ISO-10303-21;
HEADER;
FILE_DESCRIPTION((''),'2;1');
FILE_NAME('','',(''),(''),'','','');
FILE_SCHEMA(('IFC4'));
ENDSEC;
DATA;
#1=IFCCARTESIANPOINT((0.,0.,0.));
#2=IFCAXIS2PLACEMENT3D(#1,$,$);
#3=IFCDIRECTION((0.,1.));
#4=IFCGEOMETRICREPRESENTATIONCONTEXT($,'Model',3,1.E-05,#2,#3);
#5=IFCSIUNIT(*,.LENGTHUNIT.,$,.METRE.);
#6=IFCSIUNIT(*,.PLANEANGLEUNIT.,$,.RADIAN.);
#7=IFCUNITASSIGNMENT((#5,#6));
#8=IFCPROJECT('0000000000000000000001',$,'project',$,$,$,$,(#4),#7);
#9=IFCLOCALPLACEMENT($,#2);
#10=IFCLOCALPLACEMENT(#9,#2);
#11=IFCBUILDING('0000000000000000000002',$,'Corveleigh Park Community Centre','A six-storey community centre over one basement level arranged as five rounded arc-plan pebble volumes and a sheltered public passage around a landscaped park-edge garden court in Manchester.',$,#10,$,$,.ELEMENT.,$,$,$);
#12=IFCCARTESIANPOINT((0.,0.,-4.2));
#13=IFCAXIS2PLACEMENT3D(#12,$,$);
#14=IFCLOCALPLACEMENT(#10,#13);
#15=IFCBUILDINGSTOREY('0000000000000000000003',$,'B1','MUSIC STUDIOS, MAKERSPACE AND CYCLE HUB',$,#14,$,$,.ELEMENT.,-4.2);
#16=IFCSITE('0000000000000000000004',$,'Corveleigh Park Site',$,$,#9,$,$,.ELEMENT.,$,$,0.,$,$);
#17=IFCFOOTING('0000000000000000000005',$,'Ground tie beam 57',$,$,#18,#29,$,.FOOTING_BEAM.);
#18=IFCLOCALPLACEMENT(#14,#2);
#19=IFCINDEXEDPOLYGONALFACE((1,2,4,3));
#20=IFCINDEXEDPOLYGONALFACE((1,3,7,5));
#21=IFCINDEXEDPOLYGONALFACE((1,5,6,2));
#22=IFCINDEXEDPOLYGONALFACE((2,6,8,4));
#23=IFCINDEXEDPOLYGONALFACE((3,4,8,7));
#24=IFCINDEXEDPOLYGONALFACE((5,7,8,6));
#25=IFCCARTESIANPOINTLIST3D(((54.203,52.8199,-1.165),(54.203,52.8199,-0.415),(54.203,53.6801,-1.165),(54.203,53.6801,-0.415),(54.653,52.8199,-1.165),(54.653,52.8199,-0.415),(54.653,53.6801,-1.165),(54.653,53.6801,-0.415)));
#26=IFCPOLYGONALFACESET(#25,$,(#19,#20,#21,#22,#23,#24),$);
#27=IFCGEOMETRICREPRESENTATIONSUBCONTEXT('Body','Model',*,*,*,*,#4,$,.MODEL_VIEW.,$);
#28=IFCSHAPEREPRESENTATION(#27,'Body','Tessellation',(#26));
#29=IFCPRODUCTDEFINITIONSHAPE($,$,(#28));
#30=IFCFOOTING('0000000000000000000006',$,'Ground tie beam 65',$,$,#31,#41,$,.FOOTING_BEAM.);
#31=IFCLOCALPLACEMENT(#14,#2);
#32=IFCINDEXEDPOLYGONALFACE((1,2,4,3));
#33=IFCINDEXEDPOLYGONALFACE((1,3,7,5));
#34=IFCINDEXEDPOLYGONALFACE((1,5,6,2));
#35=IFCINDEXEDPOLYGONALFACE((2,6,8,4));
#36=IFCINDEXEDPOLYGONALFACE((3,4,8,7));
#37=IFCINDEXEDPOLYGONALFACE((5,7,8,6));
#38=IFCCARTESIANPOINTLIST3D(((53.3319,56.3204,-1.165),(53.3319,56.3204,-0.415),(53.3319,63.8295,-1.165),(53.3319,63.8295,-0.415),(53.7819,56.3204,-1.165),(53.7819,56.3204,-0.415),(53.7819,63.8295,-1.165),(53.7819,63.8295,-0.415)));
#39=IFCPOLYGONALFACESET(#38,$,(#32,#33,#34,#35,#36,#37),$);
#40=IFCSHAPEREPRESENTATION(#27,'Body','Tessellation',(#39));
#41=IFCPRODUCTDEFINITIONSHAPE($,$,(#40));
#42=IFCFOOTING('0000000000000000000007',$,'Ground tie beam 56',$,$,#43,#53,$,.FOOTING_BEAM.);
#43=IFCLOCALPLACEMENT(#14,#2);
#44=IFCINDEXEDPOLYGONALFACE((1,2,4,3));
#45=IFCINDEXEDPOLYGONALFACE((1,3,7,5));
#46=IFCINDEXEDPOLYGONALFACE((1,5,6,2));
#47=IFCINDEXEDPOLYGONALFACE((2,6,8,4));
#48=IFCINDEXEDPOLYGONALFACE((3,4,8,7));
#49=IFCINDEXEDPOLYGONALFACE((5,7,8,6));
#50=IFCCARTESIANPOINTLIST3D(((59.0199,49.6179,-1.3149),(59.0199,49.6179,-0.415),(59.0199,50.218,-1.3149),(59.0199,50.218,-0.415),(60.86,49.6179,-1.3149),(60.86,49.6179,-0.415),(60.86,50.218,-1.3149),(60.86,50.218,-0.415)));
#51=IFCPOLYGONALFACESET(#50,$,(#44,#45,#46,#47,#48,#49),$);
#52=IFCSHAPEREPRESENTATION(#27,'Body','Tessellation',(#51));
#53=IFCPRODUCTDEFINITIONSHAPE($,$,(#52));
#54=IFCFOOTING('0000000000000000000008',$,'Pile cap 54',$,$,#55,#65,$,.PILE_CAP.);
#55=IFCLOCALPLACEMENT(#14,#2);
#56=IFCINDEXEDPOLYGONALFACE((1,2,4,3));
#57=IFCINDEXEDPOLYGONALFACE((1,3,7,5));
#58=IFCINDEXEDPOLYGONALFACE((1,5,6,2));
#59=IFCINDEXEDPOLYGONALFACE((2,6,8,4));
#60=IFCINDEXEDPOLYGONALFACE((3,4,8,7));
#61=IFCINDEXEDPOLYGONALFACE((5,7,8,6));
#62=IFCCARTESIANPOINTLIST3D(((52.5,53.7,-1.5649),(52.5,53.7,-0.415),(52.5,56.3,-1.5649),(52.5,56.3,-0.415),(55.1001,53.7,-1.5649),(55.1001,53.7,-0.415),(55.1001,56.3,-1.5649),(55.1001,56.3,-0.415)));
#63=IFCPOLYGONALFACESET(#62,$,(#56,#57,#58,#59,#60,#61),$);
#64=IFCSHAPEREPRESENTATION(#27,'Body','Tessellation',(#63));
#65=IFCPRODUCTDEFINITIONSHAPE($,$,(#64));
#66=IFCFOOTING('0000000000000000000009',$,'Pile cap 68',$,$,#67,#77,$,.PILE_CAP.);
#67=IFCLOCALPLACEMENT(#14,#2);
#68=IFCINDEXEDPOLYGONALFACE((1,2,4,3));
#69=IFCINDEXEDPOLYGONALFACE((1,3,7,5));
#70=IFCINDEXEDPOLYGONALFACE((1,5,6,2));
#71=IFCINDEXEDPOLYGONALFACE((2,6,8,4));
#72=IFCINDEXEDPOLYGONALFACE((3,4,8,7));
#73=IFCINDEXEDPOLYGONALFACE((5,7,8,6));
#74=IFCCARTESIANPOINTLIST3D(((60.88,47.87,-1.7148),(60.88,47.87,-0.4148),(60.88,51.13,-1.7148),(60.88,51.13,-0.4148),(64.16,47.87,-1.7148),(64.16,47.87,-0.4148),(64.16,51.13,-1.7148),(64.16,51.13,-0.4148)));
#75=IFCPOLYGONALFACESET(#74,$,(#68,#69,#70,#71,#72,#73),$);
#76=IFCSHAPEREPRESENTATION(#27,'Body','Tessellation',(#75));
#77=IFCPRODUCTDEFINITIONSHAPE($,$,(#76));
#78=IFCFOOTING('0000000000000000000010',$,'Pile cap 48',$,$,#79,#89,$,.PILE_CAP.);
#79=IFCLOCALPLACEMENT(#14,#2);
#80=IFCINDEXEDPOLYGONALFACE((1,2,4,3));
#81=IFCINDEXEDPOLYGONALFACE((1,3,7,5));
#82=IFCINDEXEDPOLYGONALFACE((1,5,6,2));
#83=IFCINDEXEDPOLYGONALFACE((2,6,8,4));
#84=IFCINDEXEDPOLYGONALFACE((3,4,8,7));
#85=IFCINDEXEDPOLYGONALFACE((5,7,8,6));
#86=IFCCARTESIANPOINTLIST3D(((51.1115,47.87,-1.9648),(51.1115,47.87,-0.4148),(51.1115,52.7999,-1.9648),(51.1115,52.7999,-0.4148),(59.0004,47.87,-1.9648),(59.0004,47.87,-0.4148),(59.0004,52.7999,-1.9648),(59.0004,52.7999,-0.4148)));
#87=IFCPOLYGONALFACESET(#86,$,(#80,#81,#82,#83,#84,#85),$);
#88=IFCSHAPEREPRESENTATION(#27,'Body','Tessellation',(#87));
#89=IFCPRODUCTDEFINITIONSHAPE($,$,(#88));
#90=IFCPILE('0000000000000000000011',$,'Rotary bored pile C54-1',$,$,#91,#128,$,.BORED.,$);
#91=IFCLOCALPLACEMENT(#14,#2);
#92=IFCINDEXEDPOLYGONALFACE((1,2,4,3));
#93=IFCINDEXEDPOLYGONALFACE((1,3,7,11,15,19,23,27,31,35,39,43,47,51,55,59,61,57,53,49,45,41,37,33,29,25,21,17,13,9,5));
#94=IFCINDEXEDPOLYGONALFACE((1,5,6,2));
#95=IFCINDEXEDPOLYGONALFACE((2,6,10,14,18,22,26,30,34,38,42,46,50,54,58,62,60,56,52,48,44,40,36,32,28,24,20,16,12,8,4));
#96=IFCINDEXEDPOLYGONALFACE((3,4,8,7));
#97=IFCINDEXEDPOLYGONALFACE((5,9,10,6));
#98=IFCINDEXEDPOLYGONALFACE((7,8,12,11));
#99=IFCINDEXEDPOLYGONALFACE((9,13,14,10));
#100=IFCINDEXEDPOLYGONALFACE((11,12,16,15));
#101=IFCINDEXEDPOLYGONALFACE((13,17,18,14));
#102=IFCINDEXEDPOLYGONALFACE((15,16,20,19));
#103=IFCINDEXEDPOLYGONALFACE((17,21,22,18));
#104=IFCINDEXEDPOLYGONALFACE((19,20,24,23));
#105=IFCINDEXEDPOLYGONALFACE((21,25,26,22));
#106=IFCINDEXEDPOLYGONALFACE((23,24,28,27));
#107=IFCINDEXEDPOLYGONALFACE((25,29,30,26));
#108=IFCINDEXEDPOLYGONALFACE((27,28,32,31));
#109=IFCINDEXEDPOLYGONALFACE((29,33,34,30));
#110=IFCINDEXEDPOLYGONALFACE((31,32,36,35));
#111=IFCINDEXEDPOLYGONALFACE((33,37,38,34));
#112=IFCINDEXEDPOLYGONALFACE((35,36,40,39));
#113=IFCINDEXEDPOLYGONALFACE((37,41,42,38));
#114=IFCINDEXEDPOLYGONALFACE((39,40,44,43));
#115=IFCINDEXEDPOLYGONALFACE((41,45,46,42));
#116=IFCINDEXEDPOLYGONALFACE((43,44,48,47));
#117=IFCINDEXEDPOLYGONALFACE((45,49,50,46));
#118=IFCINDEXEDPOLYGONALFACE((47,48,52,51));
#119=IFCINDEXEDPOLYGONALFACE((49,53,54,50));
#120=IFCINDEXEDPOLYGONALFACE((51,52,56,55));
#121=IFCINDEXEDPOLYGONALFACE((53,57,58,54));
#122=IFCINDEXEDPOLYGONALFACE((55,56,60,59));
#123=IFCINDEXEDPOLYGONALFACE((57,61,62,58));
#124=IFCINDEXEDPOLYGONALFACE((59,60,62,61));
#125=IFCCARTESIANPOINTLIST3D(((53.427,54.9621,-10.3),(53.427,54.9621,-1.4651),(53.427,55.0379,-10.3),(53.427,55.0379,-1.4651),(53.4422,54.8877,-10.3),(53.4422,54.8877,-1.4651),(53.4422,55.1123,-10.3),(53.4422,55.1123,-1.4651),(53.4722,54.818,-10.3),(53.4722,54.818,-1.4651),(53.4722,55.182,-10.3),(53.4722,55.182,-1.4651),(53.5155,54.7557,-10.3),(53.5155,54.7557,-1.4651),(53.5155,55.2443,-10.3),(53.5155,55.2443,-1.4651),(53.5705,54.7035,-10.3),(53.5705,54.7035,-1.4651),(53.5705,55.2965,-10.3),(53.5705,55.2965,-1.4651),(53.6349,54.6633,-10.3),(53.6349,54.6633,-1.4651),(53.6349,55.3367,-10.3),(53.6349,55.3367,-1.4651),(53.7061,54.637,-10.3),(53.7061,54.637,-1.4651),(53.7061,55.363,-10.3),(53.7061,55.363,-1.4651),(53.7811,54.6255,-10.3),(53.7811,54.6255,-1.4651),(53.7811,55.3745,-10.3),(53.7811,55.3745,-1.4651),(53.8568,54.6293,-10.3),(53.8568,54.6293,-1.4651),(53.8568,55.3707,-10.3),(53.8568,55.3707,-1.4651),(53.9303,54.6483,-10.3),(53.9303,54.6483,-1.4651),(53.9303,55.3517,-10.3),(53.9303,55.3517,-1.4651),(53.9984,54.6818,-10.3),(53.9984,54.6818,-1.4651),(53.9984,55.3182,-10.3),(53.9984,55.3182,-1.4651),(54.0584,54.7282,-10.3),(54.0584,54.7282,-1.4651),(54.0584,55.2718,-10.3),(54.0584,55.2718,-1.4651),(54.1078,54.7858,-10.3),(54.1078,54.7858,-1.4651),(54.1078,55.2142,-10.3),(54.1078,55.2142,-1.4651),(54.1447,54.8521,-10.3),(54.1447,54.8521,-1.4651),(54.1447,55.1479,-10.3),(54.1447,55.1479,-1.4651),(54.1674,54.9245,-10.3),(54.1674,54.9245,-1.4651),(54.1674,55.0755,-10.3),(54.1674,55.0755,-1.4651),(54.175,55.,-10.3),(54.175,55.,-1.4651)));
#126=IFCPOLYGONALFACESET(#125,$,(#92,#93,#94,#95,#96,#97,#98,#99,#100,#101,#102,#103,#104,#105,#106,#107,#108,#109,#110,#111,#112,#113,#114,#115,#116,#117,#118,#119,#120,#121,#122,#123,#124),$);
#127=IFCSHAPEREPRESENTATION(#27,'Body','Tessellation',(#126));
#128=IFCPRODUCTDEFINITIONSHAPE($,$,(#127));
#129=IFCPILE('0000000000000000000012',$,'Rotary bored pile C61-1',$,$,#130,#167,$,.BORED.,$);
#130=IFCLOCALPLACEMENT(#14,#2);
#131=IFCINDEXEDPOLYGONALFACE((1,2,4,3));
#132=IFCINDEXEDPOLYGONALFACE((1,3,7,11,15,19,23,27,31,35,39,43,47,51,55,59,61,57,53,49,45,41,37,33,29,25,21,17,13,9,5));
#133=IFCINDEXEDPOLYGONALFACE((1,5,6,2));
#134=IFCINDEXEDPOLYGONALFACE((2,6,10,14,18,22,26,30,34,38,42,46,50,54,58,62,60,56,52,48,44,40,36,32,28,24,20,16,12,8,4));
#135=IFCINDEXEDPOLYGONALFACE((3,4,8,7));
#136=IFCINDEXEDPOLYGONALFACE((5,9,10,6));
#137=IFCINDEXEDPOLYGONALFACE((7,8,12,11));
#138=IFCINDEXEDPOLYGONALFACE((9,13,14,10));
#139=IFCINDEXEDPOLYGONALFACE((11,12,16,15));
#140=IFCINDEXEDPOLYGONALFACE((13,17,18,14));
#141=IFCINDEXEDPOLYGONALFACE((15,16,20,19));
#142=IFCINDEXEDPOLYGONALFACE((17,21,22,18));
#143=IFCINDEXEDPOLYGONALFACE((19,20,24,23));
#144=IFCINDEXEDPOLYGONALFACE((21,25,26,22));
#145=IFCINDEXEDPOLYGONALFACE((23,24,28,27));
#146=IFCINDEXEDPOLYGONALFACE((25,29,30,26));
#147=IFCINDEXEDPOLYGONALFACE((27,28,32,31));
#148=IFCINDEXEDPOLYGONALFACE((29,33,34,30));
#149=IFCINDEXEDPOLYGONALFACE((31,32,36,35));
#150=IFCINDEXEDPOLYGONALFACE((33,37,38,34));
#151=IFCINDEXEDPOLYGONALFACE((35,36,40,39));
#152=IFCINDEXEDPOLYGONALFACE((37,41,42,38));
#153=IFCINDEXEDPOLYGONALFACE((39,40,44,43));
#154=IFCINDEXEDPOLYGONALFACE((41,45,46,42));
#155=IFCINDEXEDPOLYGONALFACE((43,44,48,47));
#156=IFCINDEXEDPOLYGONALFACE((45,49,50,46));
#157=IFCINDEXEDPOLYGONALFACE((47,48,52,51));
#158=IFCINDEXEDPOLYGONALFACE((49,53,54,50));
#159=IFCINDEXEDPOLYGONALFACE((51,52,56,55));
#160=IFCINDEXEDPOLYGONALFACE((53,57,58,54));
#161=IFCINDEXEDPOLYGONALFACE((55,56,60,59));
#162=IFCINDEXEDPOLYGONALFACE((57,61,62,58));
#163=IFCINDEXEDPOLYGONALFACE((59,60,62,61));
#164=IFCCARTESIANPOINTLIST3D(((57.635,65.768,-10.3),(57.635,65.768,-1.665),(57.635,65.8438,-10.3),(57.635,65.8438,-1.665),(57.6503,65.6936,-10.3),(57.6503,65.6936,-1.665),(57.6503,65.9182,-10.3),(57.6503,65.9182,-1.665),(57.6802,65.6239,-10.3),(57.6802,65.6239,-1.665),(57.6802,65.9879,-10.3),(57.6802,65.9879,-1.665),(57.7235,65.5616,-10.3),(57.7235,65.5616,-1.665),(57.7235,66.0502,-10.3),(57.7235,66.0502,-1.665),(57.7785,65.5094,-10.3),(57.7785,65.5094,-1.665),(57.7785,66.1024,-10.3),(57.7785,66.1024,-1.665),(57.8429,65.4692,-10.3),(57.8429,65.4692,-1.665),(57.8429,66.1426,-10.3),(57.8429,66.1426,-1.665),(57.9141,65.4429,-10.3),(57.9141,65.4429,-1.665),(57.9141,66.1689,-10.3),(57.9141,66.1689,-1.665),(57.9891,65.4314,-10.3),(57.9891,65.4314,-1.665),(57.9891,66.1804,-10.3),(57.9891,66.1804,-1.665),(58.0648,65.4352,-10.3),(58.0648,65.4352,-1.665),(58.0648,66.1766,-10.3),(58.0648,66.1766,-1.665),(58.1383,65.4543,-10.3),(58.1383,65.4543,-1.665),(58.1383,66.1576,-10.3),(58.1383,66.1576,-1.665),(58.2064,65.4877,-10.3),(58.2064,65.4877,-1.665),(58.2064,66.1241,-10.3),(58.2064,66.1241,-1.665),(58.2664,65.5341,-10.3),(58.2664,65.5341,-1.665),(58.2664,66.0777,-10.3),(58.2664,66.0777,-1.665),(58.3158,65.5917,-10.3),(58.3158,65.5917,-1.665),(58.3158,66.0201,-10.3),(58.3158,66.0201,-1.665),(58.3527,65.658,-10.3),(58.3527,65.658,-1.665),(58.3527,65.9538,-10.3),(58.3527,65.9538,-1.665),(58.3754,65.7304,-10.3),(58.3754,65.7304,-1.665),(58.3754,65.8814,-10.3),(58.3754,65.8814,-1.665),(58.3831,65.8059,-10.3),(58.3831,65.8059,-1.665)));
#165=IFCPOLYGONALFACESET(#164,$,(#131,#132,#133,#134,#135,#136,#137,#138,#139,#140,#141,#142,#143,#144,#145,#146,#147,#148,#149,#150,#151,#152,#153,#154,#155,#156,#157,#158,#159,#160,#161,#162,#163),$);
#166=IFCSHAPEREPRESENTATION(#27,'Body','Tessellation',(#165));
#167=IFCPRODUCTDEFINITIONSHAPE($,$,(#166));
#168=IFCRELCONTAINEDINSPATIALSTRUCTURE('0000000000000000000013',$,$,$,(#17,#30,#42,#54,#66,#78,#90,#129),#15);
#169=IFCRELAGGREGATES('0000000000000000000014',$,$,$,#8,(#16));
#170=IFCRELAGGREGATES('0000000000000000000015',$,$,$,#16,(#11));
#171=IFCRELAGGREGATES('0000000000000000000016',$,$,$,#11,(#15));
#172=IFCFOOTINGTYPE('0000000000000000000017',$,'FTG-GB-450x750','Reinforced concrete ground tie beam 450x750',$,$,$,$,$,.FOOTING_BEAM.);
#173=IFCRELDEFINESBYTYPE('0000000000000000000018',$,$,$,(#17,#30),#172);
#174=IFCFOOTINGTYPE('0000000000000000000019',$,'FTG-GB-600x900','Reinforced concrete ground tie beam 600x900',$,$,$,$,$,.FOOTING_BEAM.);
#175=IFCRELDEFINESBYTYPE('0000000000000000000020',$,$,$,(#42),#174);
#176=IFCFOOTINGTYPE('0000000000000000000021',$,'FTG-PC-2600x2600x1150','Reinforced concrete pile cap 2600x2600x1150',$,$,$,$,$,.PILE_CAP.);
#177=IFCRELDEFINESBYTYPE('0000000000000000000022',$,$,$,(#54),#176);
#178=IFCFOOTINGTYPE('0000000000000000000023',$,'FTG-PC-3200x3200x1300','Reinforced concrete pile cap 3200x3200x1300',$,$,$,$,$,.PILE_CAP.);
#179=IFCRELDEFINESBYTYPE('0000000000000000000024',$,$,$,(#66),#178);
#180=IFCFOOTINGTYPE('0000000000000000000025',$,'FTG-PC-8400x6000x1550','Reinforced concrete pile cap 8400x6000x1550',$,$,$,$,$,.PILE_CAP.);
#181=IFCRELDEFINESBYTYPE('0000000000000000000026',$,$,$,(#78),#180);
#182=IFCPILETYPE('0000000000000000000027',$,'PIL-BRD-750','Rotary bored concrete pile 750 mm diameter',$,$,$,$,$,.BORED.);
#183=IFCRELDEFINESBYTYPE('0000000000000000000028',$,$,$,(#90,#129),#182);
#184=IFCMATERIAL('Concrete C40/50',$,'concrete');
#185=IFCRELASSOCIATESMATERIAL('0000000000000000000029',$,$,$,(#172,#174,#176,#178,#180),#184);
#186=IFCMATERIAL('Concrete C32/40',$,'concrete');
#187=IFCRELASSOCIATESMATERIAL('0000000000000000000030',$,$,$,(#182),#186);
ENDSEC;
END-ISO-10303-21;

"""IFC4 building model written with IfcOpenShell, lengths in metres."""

from ifc_helpers import new_model, si_unit, direction, frame, origin, origin_2d, place, context, subcontext, project, spatial, rectangle, circle, extrude, material, material_profile, profile_set, type_object, element, save


model = new_model("IFC4")

# Units and contexts
model_context = context("Model", 3, precision=1e-05, world=origin(), true_north=direction((0.0, 1.0)))
body_context = subcontext(model_context, "Body", "Model", "MODEL_VIEW")
ifc_project = project(units=[si_unit("LENGTHUNIT", "METRE"), si_unit("PLANEANGLEUNIT", "RADIAN")], contexts=[model_context])

# Site, building, storey
site_placement = place(None, origin())
site = spatial("IfcSite", under=ifc_project, at=site_placement, Name="Corveleigh Park Site", CompositionType="ELEMENT", RefElevation=0.0)
building_placement = place(site_placement, origin())
building = spatial("IfcBuilding", under=site, at=building_placement, Name="Corveleigh Park Community Centre", Description="A six-storey community centre over one basement level arranged as five rounded arc-plan pebble volumes and a sheltered public passage around a landscaped park-edge garden court in Manchester.", CompositionType="ELEMENT")
storey_placement = place(building_placement, frame((0.0, 0.0, -4.2)))
storey = spatial("IfcBuildingStorey", under=building, at=storey_placement, Name="B1", Description="MUSIC STUDIOS, MAKERSPACE AND CYCLE HUB", CompositionType="ELEMENT", Elevation=-4.2)

# Footings
ifc_material_1 = material(Name="Concrete C40/50", Category="concrete")
footing_type_1 = type_object("IfcFootingType", Name="FTG-GB-450x750", Description="Reinforced concrete ground tie beam 450x750", PredefinedType="FOOTING_BEAM", material=ifc_material_1)
footing_1_placement = place(storey_placement, frame((54.428, 53.25, -1.165), z_axis=(0.0, 0.0, 1.0), x_axis=(1.0, 0.0, 0.0)))
element("IfcFooting", 1, at=footing_1_placement, inside=storey, type_object=footing_type_1, Name="Ground tie beam 57", PredefinedType="FOOTING_BEAM", context=body_context, shape_type="SweptSolid", body=[
    extrude(rectangle(XDim=0.45, YDim=0.8601, at=origin_2d()), origin(), (0.0, 0.0, 1.0), 0.75),
])
footing_2_placement = place(storey_placement, frame((53.5569, 60.075, -1.165), z_axis=(0.0, 0.0, 1.0), x_axis=(1.0, 0.0, 0.0)))
element("IfcFooting", 2, at=footing_2_placement, inside=storey, type_object=footing_type_1, Name="Ground tie beam 65", PredefinedType="FOOTING_BEAM", context=body_context, shape_type="SweptSolid", body=[
    extrude(rectangle(XDim=0.45, YDim=7.509, at=origin_2d()), origin(), (0.0, 0.0, 1.0), 0.75),
])
footing_type_2 = type_object("IfcFootingType", Name="FTG-GB-600x900", Description="Reinforced concrete ground tie beam 600x900", PredefinedType="FOOTING_BEAM", material=ifc_material_1)
footing_3_placement = place(storey_placement, frame((59.9399, 49.918, -1.3149), z_axis=(0.0, 0.0, 1.0), x_axis=(1.0, 0.0, 0.0)))
element("IfcFooting", 3, at=footing_3_placement, inside=storey, type_object=footing_type_2, Name="Ground tie beam 56", PredefinedType="FOOTING_BEAM", context=body_context, shape_type="SweptSolid", body=[
    extrude(rectangle(XDim=1.8401, YDim=0.6001, at=origin_2d()), origin(), (0.0, 0.0, 1.0), 0.8999),
])
footing_type_3 = type_object("IfcFootingType", Name="FTG-PC-2600x2600x1150", Description="Reinforced concrete pile cap 2600x2600x1150", PredefinedType="PILE_CAP", material=ifc_material_1)
footing_4_placement = place(storey_placement, frame((53.8, 55.0, -1.5649), z_axis=(0.0, 0.0, 1.0), x_axis=(1.0, 0.0, 0.0)))
element("IfcFooting", 4, at=footing_4_placement, inside=storey, type_object=footing_type_3, Name="Pile cap 54", PredefinedType="PILE_CAP", context=body_context, shape_type="SweptSolid", body=[
    extrude(rectangle(XDim=2.6001, YDim=2.6001, at=origin_2d()), origin(), (0.0, 0.0, 1.0), 1.1499),
])
footing_type_4 = type_object("IfcFootingType", Name="FTG-PC-3200x3200x1300", Description="Reinforced concrete pile cap 3200x3200x1300", PredefinedType="PILE_CAP", material=ifc_material_1)
footing_5_placement = place(storey_placement, frame((62.52, 49.5, -1.7148), z_axis=(0.0, 0.0, 1.0), x_axis=(1.0, 0.0, 0.0)))
element("IfcFooting", 5, at=footing_5_placement, inside=storey, type_object=footing_type_4, Name="Pile cap 68", PredefinedType="PILE_CAP", context=body_context, shape_type="SweptSolid", body=[
    extrude(rectangle(XDim=3.28, YDim=3.26, at=origin_2d()), origin(), (0.0, 0.0, 1.0), 1.3),
])
footing_type_5 = type_object("IfcFootingType", Name="FTG-PC-8400x6000x1550", Description="Reinforced concrete pile cap 8400x6000x1550", PredefinedType="PILE_CAP", material=ifc_material_1)
footing_6_placement = place(storey_placement, frame((55.0559, 50.335, -1.9648), z_axis=(0.0, 0.0, 1.0), x_axis=(1.0, 0.0, 0.0)))
element("IfcFooting", 6, at=footing_6_placement, inside=storey, type_object=footing_type_5, Name="Pile cap 48", PredefinedType="PILE_CAP", context=body_context, shape_type="SweptSolid", body=[
    extrude(rectangle(XDim=7.8889, YDim=4.9299, at=origin_2d()), origin(), (0.0, 0.0, 1.0), 1.55),
])

# Piles
ifc_material_2 = material(Name="Concrete C32/40", Category="concrete")
ifc_material_profile_1 = material_profile(ifc_material_2, circle(Radius=0.375, at=origin_2d()), Name="BORED-PILE-750", Category="concrete")
ifc_profile_set_1 = profile_set([ifc_material_profile_1], Name="Concrete C32/40")
pile_type_1 = type_object("IfcPileType", Name="PIL-BRD-750", Description="Rotary bored concrete pile 750 mm diameter", PredefinedType="BORED", material=ifc_profile_set_1)
pile_1_placement = place(storey_placement, frame((53.8, 55.0, -1.4651), z_axis=(0.0, 0.0, -1.0), x_axis=(1.0, 0.0, 0.0)))
element("IfcPile", 7, at=pile_1_placement, inside=storey, type_object=pile_type_1, Name="Rotary bored pile C54-1", PredefinedType="BORED", context=body_context, shape_type="SweptSolid", body=[
    extrude(circle(Radius=0.375, at=origin_2d()), origin(), (0.0, 0.0, 1.0), 8.835),
])
pile_2_placement = place(storey_placement, frame((58.0081, 65.8059, -1.665), z_axis=(0.0, 0.0, -1.0), x_axis=(1.0, 0.0, 0.0)))
element("IfcPile", 8, at=pile_2_placement, inside=storey, type_object=pile_type_1, Name="Rotary bored pile C61-1", PredefinedType="BORED", context=body_context, shape_type="SweptSolid", body=[
    extrude(circle(Radius=0.375, at=origin_2d()), origin(), (0.0, 0.0, 1.0), 8.635),
])

save(model, "model.ifc")
